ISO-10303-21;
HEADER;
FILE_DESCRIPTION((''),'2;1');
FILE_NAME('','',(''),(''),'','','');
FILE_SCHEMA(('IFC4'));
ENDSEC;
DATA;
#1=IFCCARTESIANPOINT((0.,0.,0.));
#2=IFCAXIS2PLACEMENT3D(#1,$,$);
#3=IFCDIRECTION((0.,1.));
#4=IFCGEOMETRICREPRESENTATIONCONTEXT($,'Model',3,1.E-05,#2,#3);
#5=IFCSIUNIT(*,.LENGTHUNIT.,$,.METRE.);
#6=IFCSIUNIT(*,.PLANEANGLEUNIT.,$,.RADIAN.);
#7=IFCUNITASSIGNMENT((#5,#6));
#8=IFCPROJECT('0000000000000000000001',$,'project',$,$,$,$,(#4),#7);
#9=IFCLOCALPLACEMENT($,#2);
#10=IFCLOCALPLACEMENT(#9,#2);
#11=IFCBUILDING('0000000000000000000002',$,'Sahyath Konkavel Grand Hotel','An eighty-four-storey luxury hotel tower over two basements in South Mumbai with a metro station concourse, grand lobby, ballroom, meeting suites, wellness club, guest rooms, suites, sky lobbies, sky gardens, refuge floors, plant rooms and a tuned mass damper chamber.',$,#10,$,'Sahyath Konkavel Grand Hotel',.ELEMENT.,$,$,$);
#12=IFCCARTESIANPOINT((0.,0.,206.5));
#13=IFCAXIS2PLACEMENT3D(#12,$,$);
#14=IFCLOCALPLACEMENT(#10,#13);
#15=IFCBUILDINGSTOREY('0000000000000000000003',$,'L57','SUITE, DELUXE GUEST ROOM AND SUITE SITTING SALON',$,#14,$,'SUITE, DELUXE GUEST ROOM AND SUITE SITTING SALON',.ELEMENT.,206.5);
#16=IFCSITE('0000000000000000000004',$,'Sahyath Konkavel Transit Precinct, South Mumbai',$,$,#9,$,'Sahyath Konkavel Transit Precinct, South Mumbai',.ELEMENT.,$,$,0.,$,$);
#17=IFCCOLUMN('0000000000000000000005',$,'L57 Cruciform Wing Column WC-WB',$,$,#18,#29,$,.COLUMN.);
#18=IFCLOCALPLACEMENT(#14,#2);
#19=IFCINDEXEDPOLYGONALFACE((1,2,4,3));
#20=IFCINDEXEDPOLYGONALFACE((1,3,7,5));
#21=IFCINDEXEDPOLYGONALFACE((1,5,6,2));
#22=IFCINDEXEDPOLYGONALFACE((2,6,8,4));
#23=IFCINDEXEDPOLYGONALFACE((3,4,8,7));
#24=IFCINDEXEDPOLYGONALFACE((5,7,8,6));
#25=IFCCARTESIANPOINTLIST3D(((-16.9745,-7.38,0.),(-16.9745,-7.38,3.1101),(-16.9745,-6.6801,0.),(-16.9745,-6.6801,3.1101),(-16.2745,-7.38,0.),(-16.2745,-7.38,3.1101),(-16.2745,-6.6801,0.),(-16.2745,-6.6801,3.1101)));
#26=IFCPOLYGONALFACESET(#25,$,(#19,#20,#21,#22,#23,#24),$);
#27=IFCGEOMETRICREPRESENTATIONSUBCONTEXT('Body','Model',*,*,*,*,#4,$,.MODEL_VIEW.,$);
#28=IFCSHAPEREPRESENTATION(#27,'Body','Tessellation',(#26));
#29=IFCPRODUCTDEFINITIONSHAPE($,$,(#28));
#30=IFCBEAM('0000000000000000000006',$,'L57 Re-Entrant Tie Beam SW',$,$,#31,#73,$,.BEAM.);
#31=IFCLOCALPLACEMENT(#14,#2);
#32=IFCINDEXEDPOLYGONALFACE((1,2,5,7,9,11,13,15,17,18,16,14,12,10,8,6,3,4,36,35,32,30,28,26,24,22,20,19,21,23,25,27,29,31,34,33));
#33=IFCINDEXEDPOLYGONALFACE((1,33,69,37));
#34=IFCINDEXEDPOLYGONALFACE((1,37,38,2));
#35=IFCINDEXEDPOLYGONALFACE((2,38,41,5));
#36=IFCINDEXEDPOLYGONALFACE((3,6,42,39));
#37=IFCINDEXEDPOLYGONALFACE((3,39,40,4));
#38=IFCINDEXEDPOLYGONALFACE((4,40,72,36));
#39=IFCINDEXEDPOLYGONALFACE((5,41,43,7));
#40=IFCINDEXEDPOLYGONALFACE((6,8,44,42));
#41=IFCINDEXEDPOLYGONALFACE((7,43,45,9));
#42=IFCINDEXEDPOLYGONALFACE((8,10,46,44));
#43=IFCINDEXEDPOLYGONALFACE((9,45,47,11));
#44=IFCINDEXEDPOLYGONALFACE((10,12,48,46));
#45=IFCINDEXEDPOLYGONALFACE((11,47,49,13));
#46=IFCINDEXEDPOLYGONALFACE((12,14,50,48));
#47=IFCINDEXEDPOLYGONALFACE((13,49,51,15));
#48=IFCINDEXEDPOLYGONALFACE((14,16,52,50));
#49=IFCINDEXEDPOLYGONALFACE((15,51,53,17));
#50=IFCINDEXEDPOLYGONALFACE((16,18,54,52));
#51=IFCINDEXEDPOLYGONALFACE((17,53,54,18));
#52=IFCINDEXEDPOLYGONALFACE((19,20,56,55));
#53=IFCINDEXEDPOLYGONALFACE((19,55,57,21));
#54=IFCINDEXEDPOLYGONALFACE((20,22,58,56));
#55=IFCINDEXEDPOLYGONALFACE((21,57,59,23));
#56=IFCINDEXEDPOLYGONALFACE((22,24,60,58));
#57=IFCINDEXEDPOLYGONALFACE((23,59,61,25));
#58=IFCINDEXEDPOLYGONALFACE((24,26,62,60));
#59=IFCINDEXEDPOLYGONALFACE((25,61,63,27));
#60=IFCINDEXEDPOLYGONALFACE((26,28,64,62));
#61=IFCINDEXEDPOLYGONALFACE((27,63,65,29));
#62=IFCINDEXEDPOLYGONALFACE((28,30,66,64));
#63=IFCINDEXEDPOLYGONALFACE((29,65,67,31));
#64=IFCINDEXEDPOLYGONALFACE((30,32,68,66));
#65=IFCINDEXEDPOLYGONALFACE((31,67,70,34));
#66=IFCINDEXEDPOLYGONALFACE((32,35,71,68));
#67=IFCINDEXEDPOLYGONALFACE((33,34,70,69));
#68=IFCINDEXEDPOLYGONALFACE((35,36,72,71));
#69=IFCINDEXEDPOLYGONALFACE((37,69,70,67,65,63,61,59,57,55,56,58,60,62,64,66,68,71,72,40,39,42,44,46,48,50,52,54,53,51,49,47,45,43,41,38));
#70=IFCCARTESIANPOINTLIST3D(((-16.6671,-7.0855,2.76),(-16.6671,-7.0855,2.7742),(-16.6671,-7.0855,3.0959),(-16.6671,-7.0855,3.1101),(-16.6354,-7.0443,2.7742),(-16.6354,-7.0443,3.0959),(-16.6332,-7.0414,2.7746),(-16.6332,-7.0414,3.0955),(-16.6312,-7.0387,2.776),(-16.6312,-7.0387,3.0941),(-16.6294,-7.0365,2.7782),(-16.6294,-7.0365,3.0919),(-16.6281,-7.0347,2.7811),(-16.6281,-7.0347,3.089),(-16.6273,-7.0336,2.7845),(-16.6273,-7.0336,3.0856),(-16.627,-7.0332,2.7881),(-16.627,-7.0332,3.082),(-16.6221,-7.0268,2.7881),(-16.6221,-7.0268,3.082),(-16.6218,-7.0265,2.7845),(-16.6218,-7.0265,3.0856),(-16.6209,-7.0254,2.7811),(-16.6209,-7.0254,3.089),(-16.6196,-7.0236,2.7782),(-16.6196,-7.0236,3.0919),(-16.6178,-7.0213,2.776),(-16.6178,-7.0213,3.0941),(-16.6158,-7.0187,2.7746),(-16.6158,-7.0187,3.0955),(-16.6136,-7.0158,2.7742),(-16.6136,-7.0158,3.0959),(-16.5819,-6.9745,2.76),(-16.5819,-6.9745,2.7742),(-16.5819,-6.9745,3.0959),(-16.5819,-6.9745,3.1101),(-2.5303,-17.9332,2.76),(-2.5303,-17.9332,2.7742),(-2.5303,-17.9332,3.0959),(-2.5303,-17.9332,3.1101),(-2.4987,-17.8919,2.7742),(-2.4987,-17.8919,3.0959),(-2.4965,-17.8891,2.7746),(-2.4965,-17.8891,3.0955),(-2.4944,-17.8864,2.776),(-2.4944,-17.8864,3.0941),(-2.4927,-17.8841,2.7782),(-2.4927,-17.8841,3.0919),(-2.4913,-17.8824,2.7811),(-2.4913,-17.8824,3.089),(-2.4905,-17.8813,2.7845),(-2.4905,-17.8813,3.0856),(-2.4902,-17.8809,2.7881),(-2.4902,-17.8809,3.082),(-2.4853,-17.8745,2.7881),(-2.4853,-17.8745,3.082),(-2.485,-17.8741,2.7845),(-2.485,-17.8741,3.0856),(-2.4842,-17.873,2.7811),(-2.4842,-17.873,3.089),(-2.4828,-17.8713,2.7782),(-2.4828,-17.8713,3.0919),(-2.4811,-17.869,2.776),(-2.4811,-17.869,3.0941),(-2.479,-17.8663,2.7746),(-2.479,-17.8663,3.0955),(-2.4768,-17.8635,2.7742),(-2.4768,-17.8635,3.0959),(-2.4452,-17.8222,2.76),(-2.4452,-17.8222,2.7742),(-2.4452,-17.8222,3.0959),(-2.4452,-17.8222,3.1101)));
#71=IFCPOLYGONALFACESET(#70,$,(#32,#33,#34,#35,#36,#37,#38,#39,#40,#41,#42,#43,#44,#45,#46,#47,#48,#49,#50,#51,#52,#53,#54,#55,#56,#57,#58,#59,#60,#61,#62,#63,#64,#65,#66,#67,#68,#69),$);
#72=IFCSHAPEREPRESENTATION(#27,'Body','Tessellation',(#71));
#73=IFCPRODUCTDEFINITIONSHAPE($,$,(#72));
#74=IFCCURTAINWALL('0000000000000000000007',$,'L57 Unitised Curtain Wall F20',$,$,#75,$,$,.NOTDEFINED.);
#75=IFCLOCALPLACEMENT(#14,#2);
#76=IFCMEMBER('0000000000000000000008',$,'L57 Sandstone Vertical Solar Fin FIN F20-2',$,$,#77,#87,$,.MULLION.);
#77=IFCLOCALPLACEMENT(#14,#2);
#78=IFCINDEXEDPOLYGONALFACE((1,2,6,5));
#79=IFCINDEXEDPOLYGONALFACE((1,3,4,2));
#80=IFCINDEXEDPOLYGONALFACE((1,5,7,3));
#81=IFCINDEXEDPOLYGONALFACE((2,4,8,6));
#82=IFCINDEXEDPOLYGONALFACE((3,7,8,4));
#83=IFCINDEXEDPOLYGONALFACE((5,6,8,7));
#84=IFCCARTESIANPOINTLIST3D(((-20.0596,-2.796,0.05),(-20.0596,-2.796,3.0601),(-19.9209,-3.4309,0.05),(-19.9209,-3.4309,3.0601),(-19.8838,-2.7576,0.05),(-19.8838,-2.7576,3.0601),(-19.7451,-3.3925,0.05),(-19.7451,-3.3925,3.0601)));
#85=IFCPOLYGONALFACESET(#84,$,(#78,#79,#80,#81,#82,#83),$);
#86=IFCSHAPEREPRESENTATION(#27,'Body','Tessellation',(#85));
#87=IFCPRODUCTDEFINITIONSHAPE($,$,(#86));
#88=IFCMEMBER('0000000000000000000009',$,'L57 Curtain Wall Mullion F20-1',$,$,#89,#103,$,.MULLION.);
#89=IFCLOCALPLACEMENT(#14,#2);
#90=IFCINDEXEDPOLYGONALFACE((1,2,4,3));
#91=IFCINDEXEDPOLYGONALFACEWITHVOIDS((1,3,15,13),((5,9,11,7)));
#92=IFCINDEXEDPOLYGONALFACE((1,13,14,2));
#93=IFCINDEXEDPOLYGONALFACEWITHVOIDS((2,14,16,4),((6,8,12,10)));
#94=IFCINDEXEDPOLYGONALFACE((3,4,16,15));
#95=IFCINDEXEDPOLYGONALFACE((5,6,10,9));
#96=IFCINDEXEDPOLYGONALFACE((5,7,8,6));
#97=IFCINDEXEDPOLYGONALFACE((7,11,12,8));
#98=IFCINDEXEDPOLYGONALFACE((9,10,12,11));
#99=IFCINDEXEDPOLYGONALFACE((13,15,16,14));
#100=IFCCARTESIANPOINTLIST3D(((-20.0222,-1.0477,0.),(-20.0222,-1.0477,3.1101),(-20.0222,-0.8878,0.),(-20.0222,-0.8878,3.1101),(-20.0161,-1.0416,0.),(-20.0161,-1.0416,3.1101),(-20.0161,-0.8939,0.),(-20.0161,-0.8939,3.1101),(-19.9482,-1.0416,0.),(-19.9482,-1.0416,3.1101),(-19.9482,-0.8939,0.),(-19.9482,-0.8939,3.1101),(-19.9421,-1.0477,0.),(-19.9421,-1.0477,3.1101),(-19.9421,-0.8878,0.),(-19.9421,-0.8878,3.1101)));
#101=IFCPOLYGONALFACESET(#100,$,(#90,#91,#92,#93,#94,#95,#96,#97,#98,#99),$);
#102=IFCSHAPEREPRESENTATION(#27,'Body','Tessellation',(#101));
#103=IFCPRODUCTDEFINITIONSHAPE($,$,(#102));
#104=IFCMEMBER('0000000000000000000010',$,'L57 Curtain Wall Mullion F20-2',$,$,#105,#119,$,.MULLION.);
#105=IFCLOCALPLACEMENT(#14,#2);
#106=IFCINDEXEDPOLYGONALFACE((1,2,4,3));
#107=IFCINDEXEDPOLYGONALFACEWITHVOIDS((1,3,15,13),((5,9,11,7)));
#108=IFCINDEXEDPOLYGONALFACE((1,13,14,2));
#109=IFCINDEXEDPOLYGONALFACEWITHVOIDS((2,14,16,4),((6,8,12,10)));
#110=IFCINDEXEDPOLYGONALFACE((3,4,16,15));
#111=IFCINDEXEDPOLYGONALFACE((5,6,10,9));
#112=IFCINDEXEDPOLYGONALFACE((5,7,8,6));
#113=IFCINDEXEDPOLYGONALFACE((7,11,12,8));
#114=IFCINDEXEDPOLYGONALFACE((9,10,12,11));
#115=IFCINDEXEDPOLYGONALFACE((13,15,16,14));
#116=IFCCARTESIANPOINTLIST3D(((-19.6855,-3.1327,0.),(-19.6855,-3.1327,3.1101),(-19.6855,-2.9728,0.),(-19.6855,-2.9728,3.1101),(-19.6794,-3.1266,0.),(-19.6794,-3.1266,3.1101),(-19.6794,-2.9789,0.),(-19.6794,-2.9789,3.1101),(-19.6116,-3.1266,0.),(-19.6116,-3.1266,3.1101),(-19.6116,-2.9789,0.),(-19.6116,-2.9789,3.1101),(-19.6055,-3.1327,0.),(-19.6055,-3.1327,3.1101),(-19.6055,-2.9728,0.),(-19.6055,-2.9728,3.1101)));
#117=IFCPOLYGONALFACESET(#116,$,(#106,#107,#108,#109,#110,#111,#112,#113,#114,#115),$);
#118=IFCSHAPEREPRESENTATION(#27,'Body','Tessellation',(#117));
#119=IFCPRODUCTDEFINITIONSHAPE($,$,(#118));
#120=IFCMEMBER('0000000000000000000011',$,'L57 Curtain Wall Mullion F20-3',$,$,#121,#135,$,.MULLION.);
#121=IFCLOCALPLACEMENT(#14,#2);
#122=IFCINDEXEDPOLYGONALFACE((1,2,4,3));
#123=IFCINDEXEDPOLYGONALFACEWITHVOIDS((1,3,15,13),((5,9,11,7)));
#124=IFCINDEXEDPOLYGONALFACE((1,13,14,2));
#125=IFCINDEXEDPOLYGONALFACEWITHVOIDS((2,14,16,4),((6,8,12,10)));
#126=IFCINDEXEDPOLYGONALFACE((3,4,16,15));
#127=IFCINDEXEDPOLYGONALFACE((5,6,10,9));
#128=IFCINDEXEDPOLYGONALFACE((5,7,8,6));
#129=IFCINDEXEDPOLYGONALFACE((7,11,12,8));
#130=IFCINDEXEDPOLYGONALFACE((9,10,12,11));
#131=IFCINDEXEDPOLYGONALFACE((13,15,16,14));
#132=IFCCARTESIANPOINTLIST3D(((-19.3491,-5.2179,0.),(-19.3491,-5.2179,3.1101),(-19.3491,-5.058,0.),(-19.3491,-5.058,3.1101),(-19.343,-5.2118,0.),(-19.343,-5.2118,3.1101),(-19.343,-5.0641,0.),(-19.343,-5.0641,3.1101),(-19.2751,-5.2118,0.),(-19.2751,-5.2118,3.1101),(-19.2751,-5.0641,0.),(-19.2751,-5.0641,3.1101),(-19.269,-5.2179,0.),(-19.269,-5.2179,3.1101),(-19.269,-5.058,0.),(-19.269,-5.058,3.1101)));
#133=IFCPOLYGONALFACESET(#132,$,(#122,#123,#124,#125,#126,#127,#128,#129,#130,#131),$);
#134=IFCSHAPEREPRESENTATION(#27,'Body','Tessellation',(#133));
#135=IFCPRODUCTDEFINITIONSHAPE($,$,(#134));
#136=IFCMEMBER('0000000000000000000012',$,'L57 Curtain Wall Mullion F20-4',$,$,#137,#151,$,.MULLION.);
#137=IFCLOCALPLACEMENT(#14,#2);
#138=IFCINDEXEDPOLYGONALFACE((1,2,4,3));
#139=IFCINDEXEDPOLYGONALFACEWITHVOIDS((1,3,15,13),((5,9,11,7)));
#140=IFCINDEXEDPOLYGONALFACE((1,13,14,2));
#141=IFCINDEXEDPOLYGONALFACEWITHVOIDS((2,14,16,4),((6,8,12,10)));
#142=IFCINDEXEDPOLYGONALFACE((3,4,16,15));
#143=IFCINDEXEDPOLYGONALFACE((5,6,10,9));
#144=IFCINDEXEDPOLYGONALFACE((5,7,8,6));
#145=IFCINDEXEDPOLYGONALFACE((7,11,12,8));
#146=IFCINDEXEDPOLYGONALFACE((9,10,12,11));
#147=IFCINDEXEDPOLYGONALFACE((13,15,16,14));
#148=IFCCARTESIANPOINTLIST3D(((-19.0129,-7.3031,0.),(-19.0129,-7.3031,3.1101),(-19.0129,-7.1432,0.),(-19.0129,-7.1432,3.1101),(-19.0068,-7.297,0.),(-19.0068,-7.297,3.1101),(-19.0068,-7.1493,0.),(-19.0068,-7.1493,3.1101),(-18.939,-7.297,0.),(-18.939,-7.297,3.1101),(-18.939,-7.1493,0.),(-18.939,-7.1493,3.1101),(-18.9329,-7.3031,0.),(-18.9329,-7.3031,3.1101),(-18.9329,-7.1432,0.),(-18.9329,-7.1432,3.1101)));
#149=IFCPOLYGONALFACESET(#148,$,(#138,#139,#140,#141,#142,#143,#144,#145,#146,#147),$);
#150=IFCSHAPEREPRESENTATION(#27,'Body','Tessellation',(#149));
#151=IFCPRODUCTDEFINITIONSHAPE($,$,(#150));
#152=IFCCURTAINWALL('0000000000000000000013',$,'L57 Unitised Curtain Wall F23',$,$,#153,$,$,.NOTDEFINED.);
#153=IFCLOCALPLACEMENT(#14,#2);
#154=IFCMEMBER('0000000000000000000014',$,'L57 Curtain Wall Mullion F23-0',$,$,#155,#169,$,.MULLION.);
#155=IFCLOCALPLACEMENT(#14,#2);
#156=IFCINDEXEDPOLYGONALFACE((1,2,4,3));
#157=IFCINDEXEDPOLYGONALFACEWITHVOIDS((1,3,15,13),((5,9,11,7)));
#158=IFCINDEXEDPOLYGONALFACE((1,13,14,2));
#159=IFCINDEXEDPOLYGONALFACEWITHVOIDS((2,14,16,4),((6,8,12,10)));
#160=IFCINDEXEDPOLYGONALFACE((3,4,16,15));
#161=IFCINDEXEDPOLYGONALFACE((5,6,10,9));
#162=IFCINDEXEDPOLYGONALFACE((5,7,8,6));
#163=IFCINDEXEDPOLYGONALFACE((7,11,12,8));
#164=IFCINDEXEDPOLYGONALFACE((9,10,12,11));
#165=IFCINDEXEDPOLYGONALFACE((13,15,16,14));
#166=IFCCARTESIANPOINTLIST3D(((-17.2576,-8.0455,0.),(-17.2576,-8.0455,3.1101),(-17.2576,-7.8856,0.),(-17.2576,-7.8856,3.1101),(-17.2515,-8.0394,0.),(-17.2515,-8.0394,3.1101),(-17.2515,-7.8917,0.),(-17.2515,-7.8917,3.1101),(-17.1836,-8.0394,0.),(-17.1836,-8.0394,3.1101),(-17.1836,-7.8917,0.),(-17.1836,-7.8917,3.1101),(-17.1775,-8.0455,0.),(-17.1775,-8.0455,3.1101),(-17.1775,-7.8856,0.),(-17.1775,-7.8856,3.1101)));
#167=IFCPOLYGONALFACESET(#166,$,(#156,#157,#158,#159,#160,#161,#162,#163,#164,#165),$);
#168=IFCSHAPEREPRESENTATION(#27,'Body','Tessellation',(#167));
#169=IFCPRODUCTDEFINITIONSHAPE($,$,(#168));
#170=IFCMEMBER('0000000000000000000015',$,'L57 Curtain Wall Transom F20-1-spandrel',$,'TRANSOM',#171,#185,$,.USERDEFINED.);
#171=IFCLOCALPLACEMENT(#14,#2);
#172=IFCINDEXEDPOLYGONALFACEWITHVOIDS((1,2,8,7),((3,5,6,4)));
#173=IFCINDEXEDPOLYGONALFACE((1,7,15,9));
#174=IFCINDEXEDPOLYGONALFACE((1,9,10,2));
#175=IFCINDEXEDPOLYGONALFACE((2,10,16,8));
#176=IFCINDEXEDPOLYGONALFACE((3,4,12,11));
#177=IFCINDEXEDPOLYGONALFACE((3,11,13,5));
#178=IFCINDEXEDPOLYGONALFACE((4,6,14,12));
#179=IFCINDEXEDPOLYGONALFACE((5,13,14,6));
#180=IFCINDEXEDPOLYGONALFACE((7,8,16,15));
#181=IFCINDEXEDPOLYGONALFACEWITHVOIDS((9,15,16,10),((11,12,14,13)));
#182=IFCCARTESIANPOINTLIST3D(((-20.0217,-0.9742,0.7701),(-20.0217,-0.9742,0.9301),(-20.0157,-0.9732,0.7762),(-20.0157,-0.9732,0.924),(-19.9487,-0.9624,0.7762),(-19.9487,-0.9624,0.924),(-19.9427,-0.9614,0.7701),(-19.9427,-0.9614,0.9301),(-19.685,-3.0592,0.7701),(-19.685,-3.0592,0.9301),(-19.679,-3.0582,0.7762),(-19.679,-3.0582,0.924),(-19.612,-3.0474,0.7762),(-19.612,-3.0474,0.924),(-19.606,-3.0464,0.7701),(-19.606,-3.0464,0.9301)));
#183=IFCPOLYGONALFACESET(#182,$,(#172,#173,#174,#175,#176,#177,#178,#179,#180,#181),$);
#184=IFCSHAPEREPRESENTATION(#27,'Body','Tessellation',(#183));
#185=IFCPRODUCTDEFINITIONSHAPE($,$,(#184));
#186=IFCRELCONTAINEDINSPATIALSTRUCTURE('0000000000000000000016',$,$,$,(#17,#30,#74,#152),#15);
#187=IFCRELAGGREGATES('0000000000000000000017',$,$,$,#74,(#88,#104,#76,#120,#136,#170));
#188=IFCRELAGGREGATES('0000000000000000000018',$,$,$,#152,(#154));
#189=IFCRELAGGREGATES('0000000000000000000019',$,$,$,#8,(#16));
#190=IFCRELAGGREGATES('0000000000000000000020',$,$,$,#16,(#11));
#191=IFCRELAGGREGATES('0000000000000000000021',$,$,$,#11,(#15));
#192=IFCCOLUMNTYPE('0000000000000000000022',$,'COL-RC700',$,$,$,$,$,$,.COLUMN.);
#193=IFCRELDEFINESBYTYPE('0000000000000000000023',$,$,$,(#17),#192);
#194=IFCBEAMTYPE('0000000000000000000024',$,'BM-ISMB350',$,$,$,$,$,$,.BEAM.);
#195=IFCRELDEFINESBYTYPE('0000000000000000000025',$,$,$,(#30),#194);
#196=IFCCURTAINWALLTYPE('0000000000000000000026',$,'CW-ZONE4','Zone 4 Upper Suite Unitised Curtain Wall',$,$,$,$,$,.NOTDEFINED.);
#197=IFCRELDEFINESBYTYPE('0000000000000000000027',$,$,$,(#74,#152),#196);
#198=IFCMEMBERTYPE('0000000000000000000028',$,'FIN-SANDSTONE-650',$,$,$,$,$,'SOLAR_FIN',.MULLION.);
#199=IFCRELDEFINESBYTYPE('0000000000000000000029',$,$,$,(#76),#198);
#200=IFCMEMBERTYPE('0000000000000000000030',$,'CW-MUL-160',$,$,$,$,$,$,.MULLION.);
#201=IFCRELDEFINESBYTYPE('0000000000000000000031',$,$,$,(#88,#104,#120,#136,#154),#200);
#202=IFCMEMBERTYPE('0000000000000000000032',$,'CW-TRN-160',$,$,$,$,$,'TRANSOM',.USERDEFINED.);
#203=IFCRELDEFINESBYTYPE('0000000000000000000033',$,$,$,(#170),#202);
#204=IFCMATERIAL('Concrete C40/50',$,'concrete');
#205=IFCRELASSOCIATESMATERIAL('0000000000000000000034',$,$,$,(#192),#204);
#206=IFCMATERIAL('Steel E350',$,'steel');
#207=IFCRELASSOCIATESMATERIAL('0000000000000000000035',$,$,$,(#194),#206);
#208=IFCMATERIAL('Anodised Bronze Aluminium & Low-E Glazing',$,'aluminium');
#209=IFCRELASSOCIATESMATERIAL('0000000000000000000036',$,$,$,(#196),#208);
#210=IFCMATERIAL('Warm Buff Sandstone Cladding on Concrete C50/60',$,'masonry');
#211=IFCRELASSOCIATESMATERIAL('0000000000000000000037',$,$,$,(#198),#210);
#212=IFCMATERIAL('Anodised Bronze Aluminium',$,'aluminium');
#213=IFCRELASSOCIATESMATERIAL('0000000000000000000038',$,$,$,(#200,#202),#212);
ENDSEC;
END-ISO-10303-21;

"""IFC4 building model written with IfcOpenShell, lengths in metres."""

from ifc_helpers import new_model, si_unit, direction, frame, origin, origin_2d, place, context, subcontext, project, spatial, rectangle, hollow_rectangle, i_section, extrude, source, transform, mapped, material, material_profile, profile_set, type_object, element, aggregate, save


model = new_model("IFC4")

# Units and contexts
model_context = context("Model", 3, precision=1e-05, world=origin(), true_north=direction((0.0, 1.0)))
body_context = subcontext(model_context, "Body", "Model", "MODEL_VIEW")
ifc_project = project(units=[si_unit("LENGTHUNIT", "METRE"), si_unit("PLANEANGLEUNIT", "RADIAN")], contexts=[model_context])

# Site, building, storey
site_placement = place(None, origin())
site = spatial("IfcSite", under=ifc_project, at=site_placement, Name="Sahyath Konkavel Transit Precinct, South Mumbai", LongName="Sahyath Konkavel Transit Precinct, South Mumbai", CompositionType="ELEMENT", RefElevation=0.0)
building_placement = place(site_placement, origin())
building = spatial("IfcBuilding", under=site, at=building_placement, Name="Sahyath Konkavel Grand Hotel", Description="An eighty-four-storey luxury hotel tower over two basements in South Mumbai with a metro station concourse, grand lobby, ballroom, meeting suites, wellness club, guest rooms, suites, sky lobbies, sky gardens, refuge floors, plant rooms and a tuned mass damper chamber.", LongName="Sahyath Konkavel Grand Hotel", CompositionType="ELEMENT")
storey_placement = place(building_placement, frame((0.0, 0.0, 206.5)))
storey = spatial("IfcBuildingStorey", under=building, at=storey_placement, Name="L57", Description="SUITE, DELUXE GUEST ROOM AND SUITE SITTING SALON", LongName="SUITE, DELUXE GUEST ROOM AND SUITE SITTING SALON", CompositionType="ELEMENT", Elevation=206.5)

# Column
ifc_material_1 = material(Name="Concrete C40/50", Category="concrete")
ifc_material_profile_1 = material_profile(ifc_material_1, rectangle(XDim=0.7, YDim=0.7, at=origin_2d()), Name="RC 700x700")
ifc_profile_set_1 = profile_set([ifc_material_profile_1], Name="Concrete C40/50")
column_type = type_object("IfcColumnType", Name="COL-RC700", PredefinedType="COLUMN", material=ifc_profile_set_1)
shared_shape_1 = source(origin(), body_context, "Body", "SweptSolid", [
    extrude(rectangle(XDim=0.7, YDim=0.7, at=origin_2d()), origin(), (0.0, 0.0, 1.0), 3.1101),
])
column_placement = place(storey_placement, frame((-16.6245, -7.03, 0.0), z_axis=(0.0, 0.0, 1.0), x_axis=(1.0, 0.0, 0.0)))
element("IfcColumn", 1, at=column_placement, inside=storey, type_object=column_type, Name="L57 Cruciform Wing Column WC-WB", PredefinedType="COLUMN", context=body_context, shape_type="MappedRepresentation", body=[
    mapped(shared_shape_1, transform((0.0, 0.0, 0.0), scale=1.0)),
])

# Beam
ifc_material_2 = material(Name="Steel E350", Category="steel")
ifc_material_profile_2 = material_profile(ifc_material_2, i_section(OverallWidth=0.1399, OverallDepth=0.3501, WebThickness=0.0081, FlangeThickness=0.0142, FilletRadius=0.0139, at=origin_2d()), Name="ISMB 350")
ifc_profile_set_2 = profile_set([ifc_material_profile_2], Name="Steel E350")
beam_type = type_object("IfcBeamType", Name="BM-ISMB350", PredefinedType="BEAM", material=ifc_profile_set_2)
shared_shape_2 = source(origin(), body_context, "Body", "SweptSolid", [
    extrude(i_section(OverallWidth=0.1399, OverallDepth=0.3501, WebThickness=0.0081, FlangeThickness=0.0142, FilletRadius=0.0139, at=origin_2d()), origin(), (0.0, 0.0, 1.0), 17.8191),
])
beam_placement = place(storey_placement, frame((-16.6245, -7.03, 2.9351), z_axis=(0.793349, -0.608767, 0.0), x_axis=(0.608767, 0.793349, 0.0)))
element("IfcBeam", 2, at=beam_placement, inside=storey, type_object=beam_type, Name="L57 Re-Entrant Tie Beam SW", PredefinedType="BEAM", context=body_context, shape_type="MappedRepresentation", body=[
    mapped(shared_shape_2, transform((0.0, 0.0, 0.0), scale=1.0)),
])

# Curtain wall, members
ifc_material_3 = material(Name="Anodised Bronze Aluminium & Low-E Glazing", Category="aluminium")
curtain_wall_type = type_object("IfcCurtainWallType", Name="CW-ZONE4", Description="Zone 4 Upper Suite Unitised Curtain Wall", PredefinedType="NOTDEFINED", material=ifc_material_3)
curtain_wall_1_placement = place(storey_placement, origin())
curtain_wall_1 = element("IfcCurtainWall", 3, at=curtain_wall_1_placement, inside=storey, type_object=curtain_wall_type, Name="L57 Unitised Curtain Wall F20", PredefinedType="NOTDEFINED")
ifc_material_4 = material(Name="Warm Buff Sandstone Cladding on Concrete C50/60", Category="masonry")
ifc_material_profile_3 = material_profile(ifc_material_4, rectangle(XDim=0.1799, YDim=0.6499, at=origin_2d()), Name="FIN 180x650")
ifc_profile_set_3 = profile_set([ifc_material_profile_3], Name="Warm Buff Sandstone Cladding on Concrete C50/60")
member_type_1 = type_object("IfcMemberType", Name="FIN-SANDSTONE-650", ElementType="SOLAR_FIN", PredefinedType="MULLION", material=ifc_profile_set_3)
shared_shape_3 = source(origin(), body_context, "Body", "SweptSolid", [
    extrude(rectangle(XDim=0.1799, YDim=0.6499, at=origin_2d()), origin(), (0.0, 0.0, 1.0), 3.01),
])
member_1_placement = place(storey_placement, frame((-19.9023, -3.0942, 0.05), z_axis=(0.0, 0.0, 1.0), x_axis=(0.976971, 0.213371, 0.0)))
member_1 = element("IfcMember", 4, at=member_1_placement, type_object=member_type_1, Name="L57 Sandstone Vertical Solar Fin FIN F20-2", PredefinedType="MULLION", context=body_context, shape_type="MappedRepresentation", body=[
    mapped(shared_shape_3, transform((0.0, 0.0, 0.0), scale=1.0)),
])
ifc_material_5 = material(Name="Anodised Bronze Aluminium", Category="aluminium")
ifc_material_profile_4 = material_profile(ifc_material_5, hollow_rectangle(XDim=0.0801, YDim=0.1599, WallThickness=0.0061, at=origin_2d()), Name="RHS 160x80x6")
ifc_profile_set_4 = profile_set([ifc_material_profile_4], Name="Anodised Bronze Aluminium")
member_type_2 = type_object("IfcMemberType", Name="CW-MUL-160", PredefinedType="MULLION", material=ifc_profile_set_4)
shared_shape_4 = source(origin(), body_context, "Body", "SweptSolid", [
    extrude(hollow_rectangle(XDim=0.0801, YDim=0.1599, WallThickness=0.0061, at=origin_2d()), origin(), (0.0, 0.0, 1.0), 3.1101),
])
member_2_placement = place(storey_placement, frame((-19.9822, -0.9678, 0.0), z_axis=(0.0, 0.0, 1.0), x_axis=(1.0, 0.0, 0.0)))
member_2 = element("IfcMember", 5, at=member_2_placement, type_object=member_type_2, Name="L57 Curtain Wall Mullion F20-1", PredefinedType="MULLION", context=body_context, shape_type="MappedRepresentation", body=[
    mapped(shared_shape_4, transform((0.0, 0.0, 0.0), scale=1.0)),
])
member_3_placement = place(storey_placement, frame((-19.6455, -3.0527, 0.0), z_axis=(0.0, 0.0, 1.0), x_axis=(1.0, 0.0, 0.0)))
member_3 = element("IfcMember", 6, at=member_3_placement, type_object=member_type_2, Name="L57 Curtain Wall Mullion F20-2", PredefinedType="MULLION", context=body_context, shape_type="MappedRepresentation", body=[
    mapped(shared_shape_4, transform((0.0, 0.0, 0.0), scale=1.0)),
])
member_4_placement = place(storey_placement, frame((-19.3091, -5.1379, 0.0), z_axis=(0.0, 0.0, 1.0), x_axis=(1.0, 0.0, 0.0)))
member_4 = element("IfcMember", 7, at=member_4_placement, type_object=member_type_2, Name="L57 Curtain Wall Mullion F20-3", PredefinedType="MULLION", context=body_context, shape_type="MappedRepresentation", body=[
    mapped(shared_shape_4, transform((0.0, 0.0, 0.0), scale=1.0)),
])
member_5_placement = place(storey_placement, frame((-18.9729, -7.2231, 0.0), z_axis=(0.0, 0.0, 1.0), x_axis=(1.0, 0.0, 0.0)))
member_5 = element("IfcMember", 8, at=member_5_placement, type_object=member_type_2, Name="L57 Curtain Wall Mullion F20-4", PredefinedType="MULLION", context=body_context, shape_type="MappedRepresentation", body=[
    mapped(shared_shape_4, transform((0.0, 0.0, 0.0), scale=1.0)),
])

# Curtain wall, member
curtain_wall_2_placement = place(storey_placement, origin())
curtain_wall_2 = element("IfcCurtainWall", 9, at=curtain_wall_2_placement, inside=storey, type_object=curtain_wall_type, Name="L57 Unitised Curtain Wall F23", PredefinedType="NOTDEFINED")
member_6_placement = place(storey_placement, frame((-17.2175, -7.9656, 0.0), z_axis=(0.0, 0.0, 1.0), x_axis=(1.0, 0.0, 0.0)))
member_6 = element("IfcMember", 10, at=member_6_placement, type_object=member_type_2, Name="L57 Curtain Wall Mullion F23-0", PredefinedType="MULLION", context=body_context, shape_type="MappedRepresentation", body=[
    mapped(shared_shape_4, transform((0.0, 0.0, 0.0), scale=1.0)),
])

# Member
ifc_material_profile_5 = material_profile(ifc_material_5, hollow_rectangle(XDim=0.0801, YDim=0.1599, WallThickness=0.0061, at=origin_2d()), Name="RHS 160x80x6")
ifc_profile_set_5 = profile_set([ifc_material_profile_5], Name="Anodised Bronze Aluminium")
member_type_3 = type_object("IfcMemberType", Name="CW-TRN-160", ElementType="TRANSOM", PredefinedType="USERDEFINED", material=ifc_profile_set_5)
shared_shape_5 = source(origin(), body_context, "Body", "SweptSolid", [
    extrude(hollow_rectangle(XDim=0.0801, YDim=0.1599, WallThickness=0.0061, at=origin_2d()), origin(), (0.0, 0.0, 1.0), 2.1121),
])
member_7_placement = place(storey_placement, frame((-19.9822, -0.9678, 0.8501), z_axis=(0.159411, -0.987212, 0.0), x_axis=(0.987212, 0.159411, 0.0)))
member_7 = element("IfcMember", 11, at=member_7_placement, type_object=member_type_3, Name="L57 Curtain Wall Transom F20-1-spandrel", ObjectType="TRANSOM", PredefinedType="USERDEFINED", context=body_context, shape_type="MappedRepresentation", body=[
    mapped(shared_shape_5, transform((0.0, 0.0, 0.0), scale=1.0)),
])

aggregate(curtain_wall_1, [member_2, member_3, member_1, member_4, member_5, member_7])
aggregate(curtain_wall_2, [member_6])

save(model, "model.ifc")
